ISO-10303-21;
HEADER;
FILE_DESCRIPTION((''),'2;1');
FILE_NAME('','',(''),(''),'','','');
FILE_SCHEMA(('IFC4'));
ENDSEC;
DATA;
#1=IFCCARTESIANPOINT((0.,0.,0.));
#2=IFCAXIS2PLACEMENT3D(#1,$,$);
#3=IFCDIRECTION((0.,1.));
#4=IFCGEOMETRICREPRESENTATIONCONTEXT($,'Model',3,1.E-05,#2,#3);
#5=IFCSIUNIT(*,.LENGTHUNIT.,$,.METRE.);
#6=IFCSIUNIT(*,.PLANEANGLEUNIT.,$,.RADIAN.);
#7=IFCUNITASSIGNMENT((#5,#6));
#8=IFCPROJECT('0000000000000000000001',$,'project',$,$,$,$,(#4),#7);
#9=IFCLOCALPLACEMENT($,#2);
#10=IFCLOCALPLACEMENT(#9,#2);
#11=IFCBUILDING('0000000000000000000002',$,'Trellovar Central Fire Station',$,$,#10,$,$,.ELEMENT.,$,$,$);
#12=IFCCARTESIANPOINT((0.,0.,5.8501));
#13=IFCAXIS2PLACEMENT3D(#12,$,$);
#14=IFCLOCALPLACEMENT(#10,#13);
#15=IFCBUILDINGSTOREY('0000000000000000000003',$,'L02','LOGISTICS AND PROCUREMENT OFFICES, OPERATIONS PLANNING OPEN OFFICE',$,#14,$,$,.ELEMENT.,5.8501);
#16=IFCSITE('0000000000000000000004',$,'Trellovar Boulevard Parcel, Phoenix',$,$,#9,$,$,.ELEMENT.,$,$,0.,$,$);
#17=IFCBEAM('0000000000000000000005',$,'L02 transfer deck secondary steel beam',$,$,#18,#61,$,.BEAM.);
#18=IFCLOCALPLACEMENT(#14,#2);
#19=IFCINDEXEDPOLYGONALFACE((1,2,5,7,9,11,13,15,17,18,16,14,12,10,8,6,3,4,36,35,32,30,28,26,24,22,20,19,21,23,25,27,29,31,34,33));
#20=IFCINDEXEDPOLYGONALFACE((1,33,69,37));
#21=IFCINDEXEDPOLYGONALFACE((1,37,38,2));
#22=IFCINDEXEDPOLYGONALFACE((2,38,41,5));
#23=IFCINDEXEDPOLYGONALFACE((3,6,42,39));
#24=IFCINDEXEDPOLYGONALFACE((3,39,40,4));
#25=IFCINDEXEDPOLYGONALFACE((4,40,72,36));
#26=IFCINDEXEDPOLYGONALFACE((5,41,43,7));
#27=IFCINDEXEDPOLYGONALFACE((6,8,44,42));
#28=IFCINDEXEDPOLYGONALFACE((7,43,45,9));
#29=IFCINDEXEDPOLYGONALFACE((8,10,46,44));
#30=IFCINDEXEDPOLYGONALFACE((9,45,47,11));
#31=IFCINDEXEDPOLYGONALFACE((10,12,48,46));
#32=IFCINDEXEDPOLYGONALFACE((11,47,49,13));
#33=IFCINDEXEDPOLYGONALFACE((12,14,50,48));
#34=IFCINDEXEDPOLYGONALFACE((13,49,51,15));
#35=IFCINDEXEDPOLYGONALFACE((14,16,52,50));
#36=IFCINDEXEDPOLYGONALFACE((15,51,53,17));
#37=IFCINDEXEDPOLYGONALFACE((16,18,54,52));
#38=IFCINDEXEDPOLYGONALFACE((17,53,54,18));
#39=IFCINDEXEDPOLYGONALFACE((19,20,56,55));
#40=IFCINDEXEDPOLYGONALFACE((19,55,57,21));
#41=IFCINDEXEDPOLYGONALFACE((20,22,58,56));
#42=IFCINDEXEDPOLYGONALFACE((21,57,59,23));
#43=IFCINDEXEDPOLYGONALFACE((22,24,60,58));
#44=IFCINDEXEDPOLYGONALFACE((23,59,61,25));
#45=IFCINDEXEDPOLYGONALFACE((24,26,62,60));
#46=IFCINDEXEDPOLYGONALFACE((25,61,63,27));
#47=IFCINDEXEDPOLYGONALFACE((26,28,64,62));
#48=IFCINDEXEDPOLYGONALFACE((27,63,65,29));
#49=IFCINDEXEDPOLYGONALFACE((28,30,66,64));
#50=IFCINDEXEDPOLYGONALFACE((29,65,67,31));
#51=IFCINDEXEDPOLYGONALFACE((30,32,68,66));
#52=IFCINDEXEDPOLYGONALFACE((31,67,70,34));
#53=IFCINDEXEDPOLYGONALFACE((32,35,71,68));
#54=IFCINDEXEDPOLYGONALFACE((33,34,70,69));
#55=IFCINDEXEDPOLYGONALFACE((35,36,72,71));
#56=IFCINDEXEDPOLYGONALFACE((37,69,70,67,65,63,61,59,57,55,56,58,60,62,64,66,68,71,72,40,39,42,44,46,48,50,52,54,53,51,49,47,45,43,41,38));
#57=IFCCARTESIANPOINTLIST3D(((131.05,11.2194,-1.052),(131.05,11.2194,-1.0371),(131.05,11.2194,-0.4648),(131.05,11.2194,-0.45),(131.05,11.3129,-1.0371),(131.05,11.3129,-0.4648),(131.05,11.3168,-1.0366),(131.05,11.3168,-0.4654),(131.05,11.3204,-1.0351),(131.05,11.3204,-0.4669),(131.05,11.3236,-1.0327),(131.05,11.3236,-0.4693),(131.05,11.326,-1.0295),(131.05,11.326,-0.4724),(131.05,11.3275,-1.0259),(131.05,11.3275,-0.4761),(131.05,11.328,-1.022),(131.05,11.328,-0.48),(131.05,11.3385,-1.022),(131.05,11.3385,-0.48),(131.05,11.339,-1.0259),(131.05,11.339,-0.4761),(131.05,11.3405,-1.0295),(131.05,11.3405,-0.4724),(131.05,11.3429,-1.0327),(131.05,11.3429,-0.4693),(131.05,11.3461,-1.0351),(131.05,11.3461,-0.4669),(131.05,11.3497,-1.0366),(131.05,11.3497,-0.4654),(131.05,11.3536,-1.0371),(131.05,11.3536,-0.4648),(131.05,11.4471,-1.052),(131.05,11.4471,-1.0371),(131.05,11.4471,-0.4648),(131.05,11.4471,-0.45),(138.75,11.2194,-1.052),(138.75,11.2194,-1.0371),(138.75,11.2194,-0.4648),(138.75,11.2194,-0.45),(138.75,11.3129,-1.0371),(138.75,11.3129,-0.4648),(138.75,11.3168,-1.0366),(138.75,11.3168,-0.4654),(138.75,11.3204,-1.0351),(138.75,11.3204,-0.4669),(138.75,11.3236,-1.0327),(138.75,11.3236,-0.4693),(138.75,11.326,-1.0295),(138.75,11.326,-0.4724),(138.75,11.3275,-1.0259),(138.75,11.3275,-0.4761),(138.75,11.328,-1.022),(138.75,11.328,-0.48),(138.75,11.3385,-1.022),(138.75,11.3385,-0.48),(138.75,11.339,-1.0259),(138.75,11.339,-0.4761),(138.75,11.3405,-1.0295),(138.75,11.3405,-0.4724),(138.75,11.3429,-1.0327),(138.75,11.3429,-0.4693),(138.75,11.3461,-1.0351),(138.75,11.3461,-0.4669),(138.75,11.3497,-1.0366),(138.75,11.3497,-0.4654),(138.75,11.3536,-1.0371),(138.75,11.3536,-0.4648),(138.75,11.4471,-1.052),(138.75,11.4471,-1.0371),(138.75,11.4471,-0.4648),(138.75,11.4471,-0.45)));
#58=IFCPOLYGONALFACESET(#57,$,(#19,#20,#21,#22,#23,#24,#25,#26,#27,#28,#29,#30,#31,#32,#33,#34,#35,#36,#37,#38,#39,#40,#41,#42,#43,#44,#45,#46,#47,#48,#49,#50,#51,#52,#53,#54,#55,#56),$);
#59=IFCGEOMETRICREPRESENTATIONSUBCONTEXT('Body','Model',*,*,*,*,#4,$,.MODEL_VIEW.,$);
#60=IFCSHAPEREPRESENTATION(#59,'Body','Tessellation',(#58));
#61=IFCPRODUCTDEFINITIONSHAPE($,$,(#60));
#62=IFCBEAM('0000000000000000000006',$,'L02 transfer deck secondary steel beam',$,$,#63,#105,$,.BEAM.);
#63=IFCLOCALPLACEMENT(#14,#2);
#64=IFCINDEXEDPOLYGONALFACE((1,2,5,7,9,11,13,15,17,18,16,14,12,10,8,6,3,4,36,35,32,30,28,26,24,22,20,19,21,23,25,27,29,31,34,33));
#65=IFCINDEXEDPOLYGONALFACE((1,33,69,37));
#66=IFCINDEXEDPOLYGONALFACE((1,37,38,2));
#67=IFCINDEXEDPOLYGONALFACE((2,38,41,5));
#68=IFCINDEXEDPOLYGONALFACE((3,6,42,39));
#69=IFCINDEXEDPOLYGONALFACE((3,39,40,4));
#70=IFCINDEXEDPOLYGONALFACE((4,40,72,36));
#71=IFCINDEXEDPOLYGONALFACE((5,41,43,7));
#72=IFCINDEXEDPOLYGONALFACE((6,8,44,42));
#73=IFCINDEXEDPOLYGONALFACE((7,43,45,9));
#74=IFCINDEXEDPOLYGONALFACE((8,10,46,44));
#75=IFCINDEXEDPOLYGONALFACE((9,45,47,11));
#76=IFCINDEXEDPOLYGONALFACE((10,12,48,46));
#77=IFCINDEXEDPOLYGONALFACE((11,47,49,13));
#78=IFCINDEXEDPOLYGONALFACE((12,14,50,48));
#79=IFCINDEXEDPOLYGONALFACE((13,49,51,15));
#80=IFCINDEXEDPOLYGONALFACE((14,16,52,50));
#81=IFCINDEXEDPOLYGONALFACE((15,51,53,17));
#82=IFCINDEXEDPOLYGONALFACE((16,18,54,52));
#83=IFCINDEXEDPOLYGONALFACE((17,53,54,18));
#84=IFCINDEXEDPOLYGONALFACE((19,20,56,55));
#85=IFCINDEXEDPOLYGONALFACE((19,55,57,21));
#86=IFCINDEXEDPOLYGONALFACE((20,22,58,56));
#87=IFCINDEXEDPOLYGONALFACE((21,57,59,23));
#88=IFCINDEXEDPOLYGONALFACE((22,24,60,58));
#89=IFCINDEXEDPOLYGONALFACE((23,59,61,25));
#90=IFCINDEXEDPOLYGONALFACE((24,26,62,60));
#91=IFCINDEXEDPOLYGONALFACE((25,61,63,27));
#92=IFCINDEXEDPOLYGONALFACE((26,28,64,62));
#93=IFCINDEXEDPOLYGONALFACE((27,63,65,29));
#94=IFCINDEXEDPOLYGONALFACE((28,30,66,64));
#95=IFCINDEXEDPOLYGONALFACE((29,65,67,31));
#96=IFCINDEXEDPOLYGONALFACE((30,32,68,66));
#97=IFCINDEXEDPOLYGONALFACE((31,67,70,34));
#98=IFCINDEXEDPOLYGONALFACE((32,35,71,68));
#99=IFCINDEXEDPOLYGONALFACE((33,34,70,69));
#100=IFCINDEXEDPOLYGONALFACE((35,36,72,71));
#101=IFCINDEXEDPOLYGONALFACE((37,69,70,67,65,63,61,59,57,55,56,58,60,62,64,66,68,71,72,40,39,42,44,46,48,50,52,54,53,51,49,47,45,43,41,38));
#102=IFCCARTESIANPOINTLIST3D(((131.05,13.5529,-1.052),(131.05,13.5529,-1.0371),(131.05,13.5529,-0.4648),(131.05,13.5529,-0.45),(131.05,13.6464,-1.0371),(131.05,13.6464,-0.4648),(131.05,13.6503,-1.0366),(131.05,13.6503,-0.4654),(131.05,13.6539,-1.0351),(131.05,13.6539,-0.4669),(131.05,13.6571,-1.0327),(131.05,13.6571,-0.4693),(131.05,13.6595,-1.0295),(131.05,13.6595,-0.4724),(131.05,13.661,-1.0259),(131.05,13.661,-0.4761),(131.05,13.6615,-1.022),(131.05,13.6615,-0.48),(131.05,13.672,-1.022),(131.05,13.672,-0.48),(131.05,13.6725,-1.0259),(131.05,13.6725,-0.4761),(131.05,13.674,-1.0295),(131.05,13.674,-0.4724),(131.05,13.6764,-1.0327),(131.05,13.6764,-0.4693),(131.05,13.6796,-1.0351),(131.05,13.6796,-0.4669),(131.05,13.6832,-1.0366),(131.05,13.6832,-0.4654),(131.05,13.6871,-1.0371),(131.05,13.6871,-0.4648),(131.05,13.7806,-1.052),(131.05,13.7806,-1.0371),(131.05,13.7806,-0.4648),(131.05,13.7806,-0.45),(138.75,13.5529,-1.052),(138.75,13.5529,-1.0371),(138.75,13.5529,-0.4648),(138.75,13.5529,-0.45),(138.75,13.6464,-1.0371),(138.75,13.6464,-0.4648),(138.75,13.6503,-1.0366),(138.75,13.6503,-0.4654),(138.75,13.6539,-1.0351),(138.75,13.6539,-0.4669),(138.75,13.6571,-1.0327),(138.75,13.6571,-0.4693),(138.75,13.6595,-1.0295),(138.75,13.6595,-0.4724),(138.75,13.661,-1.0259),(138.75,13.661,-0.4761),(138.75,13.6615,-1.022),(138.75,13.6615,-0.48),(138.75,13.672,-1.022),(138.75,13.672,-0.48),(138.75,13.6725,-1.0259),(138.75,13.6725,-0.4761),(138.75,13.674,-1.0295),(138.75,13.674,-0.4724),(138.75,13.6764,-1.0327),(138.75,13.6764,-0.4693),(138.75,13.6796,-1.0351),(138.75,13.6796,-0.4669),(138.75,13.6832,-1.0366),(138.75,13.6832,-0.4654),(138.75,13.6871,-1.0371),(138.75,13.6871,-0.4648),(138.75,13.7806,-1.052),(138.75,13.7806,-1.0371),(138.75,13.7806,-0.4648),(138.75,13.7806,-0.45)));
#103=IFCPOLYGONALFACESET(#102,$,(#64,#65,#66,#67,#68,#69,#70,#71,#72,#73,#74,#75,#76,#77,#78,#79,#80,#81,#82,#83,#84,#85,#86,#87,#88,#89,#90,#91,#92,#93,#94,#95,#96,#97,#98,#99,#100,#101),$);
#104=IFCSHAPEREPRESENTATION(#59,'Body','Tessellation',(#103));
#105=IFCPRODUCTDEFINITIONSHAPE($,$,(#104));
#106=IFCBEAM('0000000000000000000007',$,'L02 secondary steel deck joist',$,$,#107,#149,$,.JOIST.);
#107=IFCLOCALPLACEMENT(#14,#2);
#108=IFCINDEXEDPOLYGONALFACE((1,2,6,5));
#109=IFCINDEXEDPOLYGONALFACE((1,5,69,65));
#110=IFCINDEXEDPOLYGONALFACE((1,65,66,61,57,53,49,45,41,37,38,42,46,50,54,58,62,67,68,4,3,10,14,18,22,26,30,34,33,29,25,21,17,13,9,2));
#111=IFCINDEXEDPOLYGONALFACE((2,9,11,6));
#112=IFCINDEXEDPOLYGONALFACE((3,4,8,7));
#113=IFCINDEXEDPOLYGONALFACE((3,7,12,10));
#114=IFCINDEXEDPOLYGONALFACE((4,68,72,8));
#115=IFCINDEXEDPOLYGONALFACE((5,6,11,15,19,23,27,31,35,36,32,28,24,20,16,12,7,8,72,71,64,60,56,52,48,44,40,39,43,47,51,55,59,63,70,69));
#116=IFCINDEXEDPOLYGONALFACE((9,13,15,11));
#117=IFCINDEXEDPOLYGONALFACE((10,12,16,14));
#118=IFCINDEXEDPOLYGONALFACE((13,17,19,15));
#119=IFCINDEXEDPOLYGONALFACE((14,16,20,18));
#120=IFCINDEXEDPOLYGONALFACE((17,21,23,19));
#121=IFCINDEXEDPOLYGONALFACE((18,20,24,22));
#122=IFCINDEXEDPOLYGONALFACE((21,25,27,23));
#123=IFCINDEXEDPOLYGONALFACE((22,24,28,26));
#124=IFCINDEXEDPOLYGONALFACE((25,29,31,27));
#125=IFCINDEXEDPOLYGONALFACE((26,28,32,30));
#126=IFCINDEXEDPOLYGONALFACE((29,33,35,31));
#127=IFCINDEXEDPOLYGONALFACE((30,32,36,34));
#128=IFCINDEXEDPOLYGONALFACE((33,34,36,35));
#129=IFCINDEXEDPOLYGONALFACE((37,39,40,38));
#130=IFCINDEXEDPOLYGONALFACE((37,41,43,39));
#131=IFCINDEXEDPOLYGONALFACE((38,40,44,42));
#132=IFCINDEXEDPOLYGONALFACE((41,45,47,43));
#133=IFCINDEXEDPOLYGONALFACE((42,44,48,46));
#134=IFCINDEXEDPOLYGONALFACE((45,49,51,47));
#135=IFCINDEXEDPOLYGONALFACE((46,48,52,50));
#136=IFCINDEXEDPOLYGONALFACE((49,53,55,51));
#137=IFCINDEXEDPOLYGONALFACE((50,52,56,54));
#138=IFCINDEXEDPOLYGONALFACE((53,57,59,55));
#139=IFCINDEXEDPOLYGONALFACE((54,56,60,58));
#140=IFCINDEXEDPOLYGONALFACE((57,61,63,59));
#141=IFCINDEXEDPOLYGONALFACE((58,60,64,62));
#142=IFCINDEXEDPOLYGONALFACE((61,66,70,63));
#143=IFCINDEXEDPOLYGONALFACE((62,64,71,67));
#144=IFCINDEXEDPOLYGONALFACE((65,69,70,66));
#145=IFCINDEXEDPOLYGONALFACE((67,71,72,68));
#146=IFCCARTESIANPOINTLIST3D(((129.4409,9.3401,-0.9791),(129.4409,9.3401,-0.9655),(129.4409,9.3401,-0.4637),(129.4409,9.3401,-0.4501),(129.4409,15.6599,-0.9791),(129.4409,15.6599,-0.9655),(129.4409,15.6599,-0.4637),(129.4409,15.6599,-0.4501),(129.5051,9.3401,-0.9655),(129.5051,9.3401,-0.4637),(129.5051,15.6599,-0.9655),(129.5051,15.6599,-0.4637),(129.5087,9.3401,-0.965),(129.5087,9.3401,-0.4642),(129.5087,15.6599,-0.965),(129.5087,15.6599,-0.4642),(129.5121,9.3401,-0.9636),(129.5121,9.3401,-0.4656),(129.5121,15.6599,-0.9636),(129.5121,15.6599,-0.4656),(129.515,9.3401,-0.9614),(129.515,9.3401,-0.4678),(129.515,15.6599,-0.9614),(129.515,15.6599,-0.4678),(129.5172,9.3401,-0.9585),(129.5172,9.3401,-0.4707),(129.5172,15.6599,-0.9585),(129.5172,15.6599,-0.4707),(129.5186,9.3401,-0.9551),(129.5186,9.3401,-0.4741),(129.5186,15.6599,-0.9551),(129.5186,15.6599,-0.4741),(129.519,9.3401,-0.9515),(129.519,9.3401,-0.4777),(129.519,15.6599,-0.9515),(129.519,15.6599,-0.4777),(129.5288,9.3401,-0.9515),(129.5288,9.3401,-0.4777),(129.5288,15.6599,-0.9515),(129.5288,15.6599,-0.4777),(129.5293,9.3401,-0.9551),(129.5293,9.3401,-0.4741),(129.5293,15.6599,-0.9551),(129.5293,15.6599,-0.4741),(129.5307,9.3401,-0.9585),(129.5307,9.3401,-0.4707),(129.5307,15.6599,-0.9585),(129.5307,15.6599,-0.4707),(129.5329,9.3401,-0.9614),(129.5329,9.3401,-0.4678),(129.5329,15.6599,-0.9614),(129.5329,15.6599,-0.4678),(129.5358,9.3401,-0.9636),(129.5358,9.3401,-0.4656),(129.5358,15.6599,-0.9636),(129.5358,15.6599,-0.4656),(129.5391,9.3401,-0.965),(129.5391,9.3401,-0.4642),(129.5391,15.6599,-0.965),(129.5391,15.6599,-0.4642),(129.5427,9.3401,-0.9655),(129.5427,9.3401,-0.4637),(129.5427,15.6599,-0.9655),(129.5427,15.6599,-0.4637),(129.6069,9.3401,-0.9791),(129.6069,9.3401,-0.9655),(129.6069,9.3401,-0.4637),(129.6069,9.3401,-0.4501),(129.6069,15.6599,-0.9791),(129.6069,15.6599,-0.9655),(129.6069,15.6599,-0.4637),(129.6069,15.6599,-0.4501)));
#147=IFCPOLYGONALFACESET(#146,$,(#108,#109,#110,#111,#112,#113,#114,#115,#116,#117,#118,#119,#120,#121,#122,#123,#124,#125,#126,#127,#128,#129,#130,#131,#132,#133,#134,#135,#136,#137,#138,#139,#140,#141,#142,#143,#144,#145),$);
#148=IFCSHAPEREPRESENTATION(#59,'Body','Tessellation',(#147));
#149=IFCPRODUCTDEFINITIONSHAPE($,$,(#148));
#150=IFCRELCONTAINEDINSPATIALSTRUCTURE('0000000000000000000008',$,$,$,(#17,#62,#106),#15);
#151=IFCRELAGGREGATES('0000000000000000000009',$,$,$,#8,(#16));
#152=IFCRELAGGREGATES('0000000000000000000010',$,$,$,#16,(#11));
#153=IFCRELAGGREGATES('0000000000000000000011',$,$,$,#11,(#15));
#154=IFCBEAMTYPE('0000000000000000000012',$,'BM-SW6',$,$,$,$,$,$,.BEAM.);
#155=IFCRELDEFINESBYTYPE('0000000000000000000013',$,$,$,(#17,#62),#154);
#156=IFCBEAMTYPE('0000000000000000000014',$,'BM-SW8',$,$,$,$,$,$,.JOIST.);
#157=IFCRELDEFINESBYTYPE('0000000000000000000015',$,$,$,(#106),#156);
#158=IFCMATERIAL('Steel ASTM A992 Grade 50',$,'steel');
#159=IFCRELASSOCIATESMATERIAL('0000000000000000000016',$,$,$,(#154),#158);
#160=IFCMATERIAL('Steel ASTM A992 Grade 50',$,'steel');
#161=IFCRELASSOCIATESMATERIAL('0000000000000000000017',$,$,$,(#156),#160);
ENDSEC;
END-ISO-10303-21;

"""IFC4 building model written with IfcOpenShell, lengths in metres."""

from ifc_helpers import new_model, si_unit, direction, frame, origin, origin_2d, place, context, subcontext, project, spatial, i_section, extrude, material, material_profile, profile_set, type_object, element, save


model = new_model("IFC4")

# Units and contexts
model_context = context("Model", 3, precision=1e-05, world=origin(), true_north=direction((0.0, 1.0)))
body_context = subcontext(model_context, "Body", "Model", "MODEL_VIEW")
ifc_project = project(units=[si_unit("LENGTHUNIT", "METRE"), si_unit("PLANEANGLEUNIT", "RADIAN")], contexts=[model_context])

# Site, building, storey
site_placement = place(None, origin())
site = spatial("IfcSite", under=ifc_project, at=site_placement, Name="Trellovar Boulevard Parcel, Phoenix", CompositionType="ELEMENT", RefElevation=0.0)
building_placement = place(site_placement, origin())
building = spatial("IfcBuilding", under=site, at=building_placement, Name="Trellovar Central Fire Station", CompositionType="ELEMENT")
storey_placement = place(building_placement, frame((0.0, 0.0, 5.8501)))
storey = spatial("IfcBuildingStorey", under=building, at=storey_placement, Name="L02", Description="LOGISTICS AND PROCUREMENT OFFICES, OPERATIONS PLANNING OPEN OFFICE", CompositionType="ELEMENT", Elevation=5.8501)

# Beams
ifc_material_1 = material(Name="Steel ASTM A992 Grade 50", Category="steel")
ifc_material_profile_1 = material_profile(ifc_material_1, i_section(OverallWidth=0.2278, OverallDepth=0.6021, WebThickness=0.0105, FlangeThickness=0.0149, FilletRadius=0.0151, at=origin_2d()), Name="W24X68")
ifc_profile_set_1 = profile_set([ifc_material_profile_1], Name="Steel ASTM A992 Grade 50")
beam_type_1 = type_object("IfcBeamType", Name="BM-SW6", PredefinedType="BEAM", material=ifc_profile_set_1)
for number, where, z_axis, x_axis, name in (
    (1, (131.05, 11.3333, -0.751), (1.0, 0.0, 0.0), (0.0, 1.0, 0.0), "L02 transfer deck secondary steel beam"),
    (2, (131.05, 13.6667, -0.751), (1.0, 0.0, 0.0), (0.0, 1.0, 0.0), "L02 transfer deck secondary steel beam"),
):
    element("IfcBeam", number, at=place(storey_placement, frame(where, z_axis=z_axis, x_axis=x_axis)), inside=storey, type_object=beam_type_1, Name=name, PredefinedType="BEAM", context=body_context, shape_type="SweptSolid", body=[
        extrude(i_section(OverallWidth=0.2278, OverallDepth=0.6021, WebThickness=0.0105, FlangeThickness=0.0149, FilletRadius=0.0151, at=origin_2d()), origin(), (0.0, 0.0, 1.0), 7.7),
    ])
ifc_material_2 = material(Name="Steel ASTM A992 Grade 50", Category="steel")
ifc_material_profile_2 = material_profile(ifc_material_2, i_section(OverallWidth=0.166, OverallDepth=0.5291, WebThickness=0.0098, FlangeThickness=0.0137, FilletRadius=0.0139, at=origin_2d()), Name="W21X50")
ifc_profile_set_2 = profile_set([ifc_material_profile_2], Name="Steel ASTM A992 Grade 50")
beam_type_2 = type_object("IfcBeamType", Name="BM-SW8", PredefinedType="JOIST", material=ifc_profile_set_2)
beam_1_placement = place(storey_placement, frame((129.5239, 9.3401, -0.7146), z_axis=(0.0, 1.0, 0.0), x_axis=(-1.0, 0.0, 0.0)))
element("IfcBeam", 3, at=beam_1_placement, inside=storey, type_object=beam_type_2, Name="L02 secondary steel deck joist", PredefinedType="JOIST", context=body_context, shape_type="SweptSolid", body=[
    extrude(i_section(OverallWidth=0.166, OverallDepth=0.5291, WebThickness=0.0098, FlangeThickness=0.0137, FilletRadius=0.0139, at=origin_2d()), origin(), (0.0, 0.0, 1.0), 6.3198),
])

save(model, "model.ifc")
